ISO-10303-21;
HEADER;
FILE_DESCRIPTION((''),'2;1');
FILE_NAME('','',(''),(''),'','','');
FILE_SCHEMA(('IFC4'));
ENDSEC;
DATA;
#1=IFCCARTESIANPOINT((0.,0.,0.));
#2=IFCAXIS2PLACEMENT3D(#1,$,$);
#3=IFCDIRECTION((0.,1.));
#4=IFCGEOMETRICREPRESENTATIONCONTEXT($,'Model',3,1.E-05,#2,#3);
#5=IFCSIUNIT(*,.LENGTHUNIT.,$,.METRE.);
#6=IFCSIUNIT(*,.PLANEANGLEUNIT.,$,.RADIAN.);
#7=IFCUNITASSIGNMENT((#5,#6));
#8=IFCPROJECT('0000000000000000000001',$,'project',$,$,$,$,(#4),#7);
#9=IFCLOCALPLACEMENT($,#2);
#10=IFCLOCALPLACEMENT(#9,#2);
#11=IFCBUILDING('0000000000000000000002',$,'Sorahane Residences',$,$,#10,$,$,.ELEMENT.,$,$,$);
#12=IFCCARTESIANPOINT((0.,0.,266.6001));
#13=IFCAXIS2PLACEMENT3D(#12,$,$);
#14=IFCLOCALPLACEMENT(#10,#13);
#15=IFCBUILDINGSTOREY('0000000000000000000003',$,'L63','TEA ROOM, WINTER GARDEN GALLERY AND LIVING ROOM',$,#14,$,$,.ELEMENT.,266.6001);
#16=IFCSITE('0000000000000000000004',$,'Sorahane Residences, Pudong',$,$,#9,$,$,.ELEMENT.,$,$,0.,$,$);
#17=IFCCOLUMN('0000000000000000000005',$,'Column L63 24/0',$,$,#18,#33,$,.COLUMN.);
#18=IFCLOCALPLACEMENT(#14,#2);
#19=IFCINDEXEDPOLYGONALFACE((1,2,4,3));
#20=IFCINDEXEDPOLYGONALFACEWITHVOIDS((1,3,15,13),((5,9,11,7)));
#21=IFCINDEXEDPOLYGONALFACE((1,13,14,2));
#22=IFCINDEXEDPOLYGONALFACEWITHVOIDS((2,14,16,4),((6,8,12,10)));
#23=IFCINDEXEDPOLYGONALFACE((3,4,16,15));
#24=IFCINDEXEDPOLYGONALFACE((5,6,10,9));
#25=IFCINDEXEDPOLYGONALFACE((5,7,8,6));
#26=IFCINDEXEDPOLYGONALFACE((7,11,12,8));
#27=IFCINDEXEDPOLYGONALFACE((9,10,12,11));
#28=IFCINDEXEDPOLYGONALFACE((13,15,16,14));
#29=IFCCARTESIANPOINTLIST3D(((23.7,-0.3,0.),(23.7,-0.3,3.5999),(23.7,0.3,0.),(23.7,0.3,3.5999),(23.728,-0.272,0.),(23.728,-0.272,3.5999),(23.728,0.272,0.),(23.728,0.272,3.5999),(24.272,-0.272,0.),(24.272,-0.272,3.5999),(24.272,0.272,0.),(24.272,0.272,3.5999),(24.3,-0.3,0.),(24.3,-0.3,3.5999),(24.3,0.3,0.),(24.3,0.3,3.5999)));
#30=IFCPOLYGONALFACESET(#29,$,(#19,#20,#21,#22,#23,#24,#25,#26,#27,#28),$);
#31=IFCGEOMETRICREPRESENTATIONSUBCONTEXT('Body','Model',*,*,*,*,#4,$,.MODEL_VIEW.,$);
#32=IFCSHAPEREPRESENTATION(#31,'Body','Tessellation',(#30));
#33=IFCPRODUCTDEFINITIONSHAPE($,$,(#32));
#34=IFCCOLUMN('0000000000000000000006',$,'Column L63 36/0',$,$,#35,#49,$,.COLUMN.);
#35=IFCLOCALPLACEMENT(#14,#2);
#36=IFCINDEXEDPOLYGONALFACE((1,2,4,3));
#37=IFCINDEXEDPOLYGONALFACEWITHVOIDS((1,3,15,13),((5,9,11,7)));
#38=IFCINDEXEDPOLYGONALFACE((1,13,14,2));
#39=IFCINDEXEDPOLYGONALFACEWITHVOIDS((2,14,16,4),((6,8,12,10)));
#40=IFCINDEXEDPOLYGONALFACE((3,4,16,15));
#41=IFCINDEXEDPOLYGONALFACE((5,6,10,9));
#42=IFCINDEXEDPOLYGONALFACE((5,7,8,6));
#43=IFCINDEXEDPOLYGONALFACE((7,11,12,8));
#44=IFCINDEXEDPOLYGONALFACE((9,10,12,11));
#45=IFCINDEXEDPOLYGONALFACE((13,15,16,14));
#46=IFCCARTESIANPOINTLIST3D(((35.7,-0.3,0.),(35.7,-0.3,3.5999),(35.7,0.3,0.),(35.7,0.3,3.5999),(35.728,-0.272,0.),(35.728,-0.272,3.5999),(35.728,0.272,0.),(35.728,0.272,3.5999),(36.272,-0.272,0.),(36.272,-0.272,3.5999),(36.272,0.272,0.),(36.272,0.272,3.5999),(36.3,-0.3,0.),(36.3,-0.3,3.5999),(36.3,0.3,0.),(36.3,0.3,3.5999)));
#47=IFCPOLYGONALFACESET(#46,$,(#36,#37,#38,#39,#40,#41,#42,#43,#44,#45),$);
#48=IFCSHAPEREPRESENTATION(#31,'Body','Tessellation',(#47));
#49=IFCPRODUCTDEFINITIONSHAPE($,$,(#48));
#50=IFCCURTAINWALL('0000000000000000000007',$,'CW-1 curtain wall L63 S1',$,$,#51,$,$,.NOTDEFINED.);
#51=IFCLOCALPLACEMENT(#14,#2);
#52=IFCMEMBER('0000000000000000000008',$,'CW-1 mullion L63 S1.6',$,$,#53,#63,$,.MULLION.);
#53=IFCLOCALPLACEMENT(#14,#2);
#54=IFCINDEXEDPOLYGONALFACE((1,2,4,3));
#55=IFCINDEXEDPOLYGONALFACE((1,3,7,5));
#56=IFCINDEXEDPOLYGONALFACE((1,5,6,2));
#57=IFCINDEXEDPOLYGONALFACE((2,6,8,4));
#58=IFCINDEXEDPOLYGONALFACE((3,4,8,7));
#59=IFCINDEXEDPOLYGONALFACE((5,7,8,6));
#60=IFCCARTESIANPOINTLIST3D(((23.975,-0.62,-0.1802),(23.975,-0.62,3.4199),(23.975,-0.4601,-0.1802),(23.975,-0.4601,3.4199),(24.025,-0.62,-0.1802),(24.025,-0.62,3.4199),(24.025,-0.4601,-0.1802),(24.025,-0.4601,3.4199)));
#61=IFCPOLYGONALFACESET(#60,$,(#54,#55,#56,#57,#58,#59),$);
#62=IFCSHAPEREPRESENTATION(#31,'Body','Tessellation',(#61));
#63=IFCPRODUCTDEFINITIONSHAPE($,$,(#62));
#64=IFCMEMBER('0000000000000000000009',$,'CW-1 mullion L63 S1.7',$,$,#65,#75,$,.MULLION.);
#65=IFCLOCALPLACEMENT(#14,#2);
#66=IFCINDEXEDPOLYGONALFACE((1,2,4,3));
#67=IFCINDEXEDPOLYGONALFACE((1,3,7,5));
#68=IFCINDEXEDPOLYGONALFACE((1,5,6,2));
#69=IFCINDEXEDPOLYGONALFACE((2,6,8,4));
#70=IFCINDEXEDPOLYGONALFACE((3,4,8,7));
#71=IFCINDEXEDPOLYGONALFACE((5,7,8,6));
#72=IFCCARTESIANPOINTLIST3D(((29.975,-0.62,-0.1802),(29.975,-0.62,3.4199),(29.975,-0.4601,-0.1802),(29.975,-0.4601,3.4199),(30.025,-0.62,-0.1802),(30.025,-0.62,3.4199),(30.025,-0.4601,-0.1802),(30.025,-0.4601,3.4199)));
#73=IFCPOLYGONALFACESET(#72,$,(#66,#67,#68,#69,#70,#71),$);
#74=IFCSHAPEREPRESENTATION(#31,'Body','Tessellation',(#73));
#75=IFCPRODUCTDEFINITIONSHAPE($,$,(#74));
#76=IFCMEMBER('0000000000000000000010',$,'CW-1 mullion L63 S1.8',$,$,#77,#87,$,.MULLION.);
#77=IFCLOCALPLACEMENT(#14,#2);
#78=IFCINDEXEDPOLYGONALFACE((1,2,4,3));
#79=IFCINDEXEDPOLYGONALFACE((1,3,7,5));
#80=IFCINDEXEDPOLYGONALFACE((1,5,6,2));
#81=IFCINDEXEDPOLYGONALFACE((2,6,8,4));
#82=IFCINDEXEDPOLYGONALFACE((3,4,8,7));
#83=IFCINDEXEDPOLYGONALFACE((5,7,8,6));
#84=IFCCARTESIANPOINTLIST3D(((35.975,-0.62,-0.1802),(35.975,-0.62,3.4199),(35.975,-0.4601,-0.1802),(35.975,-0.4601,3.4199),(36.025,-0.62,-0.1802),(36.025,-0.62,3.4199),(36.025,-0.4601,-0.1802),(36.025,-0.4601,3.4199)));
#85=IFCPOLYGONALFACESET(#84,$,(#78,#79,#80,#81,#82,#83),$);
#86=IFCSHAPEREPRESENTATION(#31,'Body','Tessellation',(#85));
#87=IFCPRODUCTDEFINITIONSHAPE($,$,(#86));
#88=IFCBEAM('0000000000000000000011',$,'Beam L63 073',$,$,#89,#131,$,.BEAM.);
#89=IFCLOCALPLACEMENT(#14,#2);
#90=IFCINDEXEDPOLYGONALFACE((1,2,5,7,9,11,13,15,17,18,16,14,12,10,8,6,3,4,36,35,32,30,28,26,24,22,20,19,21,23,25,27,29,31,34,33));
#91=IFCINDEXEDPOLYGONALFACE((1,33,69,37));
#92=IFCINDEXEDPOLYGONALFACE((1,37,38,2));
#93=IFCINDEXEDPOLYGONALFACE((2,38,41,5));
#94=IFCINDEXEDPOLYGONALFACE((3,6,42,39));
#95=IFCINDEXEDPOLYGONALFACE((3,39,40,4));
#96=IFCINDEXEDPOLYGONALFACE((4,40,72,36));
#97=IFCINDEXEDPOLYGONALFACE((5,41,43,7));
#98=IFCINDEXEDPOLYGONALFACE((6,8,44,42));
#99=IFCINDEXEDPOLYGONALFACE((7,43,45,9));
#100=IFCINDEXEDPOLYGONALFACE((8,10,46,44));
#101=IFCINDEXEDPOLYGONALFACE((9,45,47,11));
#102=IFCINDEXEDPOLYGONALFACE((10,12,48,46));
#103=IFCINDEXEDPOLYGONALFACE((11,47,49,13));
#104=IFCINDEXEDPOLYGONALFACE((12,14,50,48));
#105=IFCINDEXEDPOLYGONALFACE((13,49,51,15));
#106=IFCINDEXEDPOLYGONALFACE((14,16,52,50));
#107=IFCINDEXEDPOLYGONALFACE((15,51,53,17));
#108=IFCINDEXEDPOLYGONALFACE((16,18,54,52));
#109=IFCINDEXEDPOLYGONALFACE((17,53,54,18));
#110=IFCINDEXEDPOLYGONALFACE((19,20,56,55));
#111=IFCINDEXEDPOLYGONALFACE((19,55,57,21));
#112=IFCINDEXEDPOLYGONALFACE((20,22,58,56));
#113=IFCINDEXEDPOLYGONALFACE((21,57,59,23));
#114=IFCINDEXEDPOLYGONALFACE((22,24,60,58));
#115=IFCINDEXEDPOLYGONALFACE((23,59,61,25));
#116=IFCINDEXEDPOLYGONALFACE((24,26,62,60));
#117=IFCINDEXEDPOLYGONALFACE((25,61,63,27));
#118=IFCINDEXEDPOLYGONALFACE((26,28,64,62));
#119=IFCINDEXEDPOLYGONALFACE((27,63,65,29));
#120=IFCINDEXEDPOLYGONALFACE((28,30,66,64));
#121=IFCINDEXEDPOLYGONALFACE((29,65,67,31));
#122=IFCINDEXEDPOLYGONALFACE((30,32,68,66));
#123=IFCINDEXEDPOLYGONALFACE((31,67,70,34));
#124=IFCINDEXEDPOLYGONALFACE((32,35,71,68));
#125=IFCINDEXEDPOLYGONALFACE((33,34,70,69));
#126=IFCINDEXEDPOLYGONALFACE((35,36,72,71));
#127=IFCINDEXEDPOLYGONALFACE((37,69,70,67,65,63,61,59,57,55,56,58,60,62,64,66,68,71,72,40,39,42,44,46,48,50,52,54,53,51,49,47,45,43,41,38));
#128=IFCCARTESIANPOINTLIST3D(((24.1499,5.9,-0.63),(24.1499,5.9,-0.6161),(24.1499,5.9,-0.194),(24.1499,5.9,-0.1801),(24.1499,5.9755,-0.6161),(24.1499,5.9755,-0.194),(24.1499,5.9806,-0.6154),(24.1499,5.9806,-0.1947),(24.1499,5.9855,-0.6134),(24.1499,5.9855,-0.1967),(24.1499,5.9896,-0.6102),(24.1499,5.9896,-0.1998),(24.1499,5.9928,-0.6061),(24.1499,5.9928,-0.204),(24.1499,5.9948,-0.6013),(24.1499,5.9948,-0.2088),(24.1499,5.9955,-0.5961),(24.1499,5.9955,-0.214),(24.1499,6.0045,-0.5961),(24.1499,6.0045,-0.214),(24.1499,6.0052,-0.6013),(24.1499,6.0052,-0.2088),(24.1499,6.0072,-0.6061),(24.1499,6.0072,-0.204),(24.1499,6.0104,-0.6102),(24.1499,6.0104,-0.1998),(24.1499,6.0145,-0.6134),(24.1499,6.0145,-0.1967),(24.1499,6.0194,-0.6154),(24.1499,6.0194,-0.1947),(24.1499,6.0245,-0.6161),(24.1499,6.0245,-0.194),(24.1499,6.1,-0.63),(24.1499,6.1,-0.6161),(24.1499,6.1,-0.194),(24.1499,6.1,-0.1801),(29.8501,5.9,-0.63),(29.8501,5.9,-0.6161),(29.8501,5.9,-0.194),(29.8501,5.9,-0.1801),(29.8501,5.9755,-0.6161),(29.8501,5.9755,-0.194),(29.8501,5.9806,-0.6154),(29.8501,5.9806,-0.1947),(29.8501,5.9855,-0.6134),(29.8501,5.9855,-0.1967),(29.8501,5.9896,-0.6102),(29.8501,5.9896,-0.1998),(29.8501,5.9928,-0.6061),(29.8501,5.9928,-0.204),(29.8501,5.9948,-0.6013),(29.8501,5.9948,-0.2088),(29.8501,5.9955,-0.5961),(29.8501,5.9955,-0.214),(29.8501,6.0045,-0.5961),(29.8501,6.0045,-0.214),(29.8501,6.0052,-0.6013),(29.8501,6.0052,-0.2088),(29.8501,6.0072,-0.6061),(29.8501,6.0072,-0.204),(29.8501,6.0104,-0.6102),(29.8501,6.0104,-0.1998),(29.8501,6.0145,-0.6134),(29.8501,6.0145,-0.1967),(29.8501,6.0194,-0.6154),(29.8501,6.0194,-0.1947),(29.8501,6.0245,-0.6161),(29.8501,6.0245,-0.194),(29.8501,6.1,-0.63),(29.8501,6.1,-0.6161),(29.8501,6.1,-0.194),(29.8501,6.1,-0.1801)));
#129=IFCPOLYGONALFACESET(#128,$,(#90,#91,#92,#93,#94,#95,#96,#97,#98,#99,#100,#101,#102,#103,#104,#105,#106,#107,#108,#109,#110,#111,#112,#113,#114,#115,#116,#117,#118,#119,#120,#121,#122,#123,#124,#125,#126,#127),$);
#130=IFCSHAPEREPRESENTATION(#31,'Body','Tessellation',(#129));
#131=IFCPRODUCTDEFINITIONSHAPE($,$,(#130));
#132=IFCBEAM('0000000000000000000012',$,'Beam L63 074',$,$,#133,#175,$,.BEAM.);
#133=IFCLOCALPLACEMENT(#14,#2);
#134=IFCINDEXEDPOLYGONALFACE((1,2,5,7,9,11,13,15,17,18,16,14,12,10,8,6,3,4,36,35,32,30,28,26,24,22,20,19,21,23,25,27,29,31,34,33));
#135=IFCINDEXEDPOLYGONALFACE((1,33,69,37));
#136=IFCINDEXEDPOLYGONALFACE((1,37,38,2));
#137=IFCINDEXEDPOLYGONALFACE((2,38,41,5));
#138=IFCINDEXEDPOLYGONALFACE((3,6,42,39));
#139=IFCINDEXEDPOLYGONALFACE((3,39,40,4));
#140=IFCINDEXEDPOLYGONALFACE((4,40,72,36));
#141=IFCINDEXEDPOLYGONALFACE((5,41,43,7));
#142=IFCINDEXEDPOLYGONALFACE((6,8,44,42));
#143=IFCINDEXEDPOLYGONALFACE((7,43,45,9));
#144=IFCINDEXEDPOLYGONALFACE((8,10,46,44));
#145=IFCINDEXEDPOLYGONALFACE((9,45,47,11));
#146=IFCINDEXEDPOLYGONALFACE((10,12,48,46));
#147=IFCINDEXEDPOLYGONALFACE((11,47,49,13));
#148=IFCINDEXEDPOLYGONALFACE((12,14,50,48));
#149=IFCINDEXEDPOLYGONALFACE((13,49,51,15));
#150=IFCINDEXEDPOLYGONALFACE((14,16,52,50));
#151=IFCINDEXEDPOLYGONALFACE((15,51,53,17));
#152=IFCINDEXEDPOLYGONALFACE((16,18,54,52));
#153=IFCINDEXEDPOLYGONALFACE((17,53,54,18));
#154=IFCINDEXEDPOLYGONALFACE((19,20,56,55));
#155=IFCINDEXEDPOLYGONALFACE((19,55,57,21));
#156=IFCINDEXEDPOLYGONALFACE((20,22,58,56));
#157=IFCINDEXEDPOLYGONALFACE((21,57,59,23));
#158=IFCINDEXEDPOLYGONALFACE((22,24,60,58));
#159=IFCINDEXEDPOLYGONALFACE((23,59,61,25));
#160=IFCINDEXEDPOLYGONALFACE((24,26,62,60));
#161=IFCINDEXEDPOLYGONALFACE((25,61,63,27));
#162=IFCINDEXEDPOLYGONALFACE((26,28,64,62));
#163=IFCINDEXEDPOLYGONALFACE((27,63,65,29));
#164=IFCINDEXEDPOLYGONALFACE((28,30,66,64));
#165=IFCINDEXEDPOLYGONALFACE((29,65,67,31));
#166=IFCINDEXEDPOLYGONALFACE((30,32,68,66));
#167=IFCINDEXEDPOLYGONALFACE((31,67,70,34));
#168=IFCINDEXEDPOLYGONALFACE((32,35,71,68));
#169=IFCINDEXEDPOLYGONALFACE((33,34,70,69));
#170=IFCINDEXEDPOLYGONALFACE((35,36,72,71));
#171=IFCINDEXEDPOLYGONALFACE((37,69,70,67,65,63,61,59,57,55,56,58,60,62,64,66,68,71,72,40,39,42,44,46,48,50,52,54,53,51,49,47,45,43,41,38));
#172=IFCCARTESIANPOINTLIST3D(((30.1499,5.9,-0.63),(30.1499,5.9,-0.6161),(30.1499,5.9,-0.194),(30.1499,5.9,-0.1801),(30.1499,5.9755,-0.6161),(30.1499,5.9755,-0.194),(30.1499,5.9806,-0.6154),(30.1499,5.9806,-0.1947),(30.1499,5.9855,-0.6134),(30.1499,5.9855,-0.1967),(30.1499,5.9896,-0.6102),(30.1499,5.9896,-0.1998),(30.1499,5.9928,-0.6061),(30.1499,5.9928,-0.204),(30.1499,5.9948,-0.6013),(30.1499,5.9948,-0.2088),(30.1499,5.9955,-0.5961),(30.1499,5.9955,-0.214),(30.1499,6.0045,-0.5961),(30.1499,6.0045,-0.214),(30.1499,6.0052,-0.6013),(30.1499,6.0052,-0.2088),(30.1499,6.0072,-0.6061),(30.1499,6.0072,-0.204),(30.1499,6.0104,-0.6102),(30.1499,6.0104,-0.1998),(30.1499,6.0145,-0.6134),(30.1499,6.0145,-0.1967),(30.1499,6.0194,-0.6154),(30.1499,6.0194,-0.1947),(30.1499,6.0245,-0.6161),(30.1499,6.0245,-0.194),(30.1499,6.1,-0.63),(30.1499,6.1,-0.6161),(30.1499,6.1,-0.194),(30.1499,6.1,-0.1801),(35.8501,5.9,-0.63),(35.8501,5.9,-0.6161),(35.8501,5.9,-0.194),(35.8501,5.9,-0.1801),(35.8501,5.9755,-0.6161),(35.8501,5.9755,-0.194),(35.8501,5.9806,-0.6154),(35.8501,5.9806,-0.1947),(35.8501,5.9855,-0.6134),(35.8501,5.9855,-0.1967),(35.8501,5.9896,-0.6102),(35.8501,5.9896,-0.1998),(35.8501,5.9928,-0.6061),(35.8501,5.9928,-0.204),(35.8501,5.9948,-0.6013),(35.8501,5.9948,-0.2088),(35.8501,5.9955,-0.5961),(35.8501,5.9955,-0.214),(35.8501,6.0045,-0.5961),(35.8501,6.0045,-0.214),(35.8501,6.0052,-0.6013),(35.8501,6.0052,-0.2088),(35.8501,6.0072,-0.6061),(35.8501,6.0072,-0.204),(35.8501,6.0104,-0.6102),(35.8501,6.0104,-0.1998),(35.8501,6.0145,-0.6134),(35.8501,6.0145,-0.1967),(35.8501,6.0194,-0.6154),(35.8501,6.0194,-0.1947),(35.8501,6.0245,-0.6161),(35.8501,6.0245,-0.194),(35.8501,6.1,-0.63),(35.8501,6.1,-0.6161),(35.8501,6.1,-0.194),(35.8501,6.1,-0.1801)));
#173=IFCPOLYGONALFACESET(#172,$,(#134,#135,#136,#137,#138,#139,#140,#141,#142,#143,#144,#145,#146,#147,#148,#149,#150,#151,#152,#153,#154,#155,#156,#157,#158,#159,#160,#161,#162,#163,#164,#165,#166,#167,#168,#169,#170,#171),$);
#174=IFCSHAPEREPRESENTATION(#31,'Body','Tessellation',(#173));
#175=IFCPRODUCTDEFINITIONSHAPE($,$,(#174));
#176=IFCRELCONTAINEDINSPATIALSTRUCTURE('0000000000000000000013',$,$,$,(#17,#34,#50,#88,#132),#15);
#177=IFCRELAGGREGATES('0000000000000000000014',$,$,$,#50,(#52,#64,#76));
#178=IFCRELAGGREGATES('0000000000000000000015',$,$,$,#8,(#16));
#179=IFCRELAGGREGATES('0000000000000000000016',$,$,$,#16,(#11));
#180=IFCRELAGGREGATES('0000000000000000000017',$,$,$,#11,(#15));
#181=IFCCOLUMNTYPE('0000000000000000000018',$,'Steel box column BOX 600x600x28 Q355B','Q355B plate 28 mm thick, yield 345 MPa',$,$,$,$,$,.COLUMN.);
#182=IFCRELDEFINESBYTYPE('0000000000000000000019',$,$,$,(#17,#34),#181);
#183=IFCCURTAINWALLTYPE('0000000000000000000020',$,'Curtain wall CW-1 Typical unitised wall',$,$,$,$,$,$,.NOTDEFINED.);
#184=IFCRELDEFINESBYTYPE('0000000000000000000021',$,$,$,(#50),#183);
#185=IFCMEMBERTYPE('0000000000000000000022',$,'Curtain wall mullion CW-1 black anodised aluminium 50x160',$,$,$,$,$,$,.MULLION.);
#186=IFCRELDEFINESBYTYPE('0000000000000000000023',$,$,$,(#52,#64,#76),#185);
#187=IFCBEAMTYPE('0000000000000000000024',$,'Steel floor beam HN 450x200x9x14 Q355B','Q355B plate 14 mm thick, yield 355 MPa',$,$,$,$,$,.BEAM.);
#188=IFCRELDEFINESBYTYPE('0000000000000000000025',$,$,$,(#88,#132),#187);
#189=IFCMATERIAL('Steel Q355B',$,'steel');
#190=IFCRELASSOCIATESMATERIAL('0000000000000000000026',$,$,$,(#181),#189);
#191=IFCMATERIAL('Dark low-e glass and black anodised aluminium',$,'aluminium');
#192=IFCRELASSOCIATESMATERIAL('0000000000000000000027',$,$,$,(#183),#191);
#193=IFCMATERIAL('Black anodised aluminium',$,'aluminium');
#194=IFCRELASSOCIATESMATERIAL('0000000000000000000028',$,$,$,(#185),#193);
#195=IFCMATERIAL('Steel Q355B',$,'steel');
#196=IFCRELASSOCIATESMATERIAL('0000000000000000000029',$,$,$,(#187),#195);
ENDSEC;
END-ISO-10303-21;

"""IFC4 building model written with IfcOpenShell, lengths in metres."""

from ifc_helpers import new_model, si_unit, direction, frame, origin, origin_2d, place, context, subcontext, project, spatial, rectangle, hollow_rectangle, i_section, extrude, material, material_profile, profile_set, type_object, element, aggregate, save


model = new_model("IFC4")

# Units and contexts
model_context = context("Model", 3, precision=1e-05, world=origin(), true_north=direction((0.0, 1.0)))
body_context = subcontext(model_context, "Body", "Model", "MODEL_VIEW")
ifc_project = project(units=[si_unit("LENGTHUNIT", "METRE"), si_unit("PLANEANGLEUNIT", "RADIAN")], contexts=[model_context])

# Site, building, storey
site_placement = place(None, origin())
site = spatial("IfcSite", under=ifc_project, at=site_placement, Name="Sorahane Residences, Pudong", CompositionType="ELEMENT", RefElevation=0.0)
building_placement = place(site_placement, origin())
building = spatial("IfcBuilding", under=site, at=building_placement, Name="Sorahane Residences", CompositionType="ELEMENT")
storey_placement = place(building_placement, frame((0.0, 0.0, 266.6001)))
storey = spatial("IfcBuildingStorey", under=building, at=storey_placement, Name="L63", Description="TEA ROOM, WINTER GARDEN GALLERY AND LIVING ROOM", CompositionType="ELEMENT", Elevation=266.6001)

# Columns
ifc_material_1 = material(Name="Steel Q355B", Category="steel")
ifc_material_profile_1 = material_profile(ifc_material_1, hollow_rectangle(XDim=0.6001, YDim=0.6001, WallThickness=0.0281, at=origin_2d()), Name="BOX 600x600x28")
ifc_profile_set_1 = profile_set([ifc_material_profile_1], Name="Steel Q355B")
column_type = type_object("IfcColumnType", Name="Steel box column BOX 600x600x28 Q355B", Description="Q355B plate 28 mm thick, yield 345 MPa", PredefinedType="COLUMN", material=ifc_profile_set_1)
for number, where, z_axis, x_axis, name in (
    (1, (24.0, 0.0, 0.0), (0.0, 0.0, 1.0), (1.0, 0.0, 0.0), "Column L63 24/0"),
    (2, (36.0, 0.0, 0.0), (0.0, 0.0, 1.0), (1.0, 0.0, 0.0), "Column L63 36/0"),
):
    element("IfcColumn", number, at=place(storey_placement, frame(where, z_axis=z_axis, x_axis=x_axis)), inside=storey, type_object=column_type, Name=name, PredefinedType="COLUMN", context=body_context, shape_type="SweptSolid", body=[
        extrude(hollow_rectangle(XDim=0.6001, YDim=0.6001, WallThickness=0.0281, at=origin_2d()), origin(), (0.0, 0.0, 1.0), 3.5999),
    ])

# Curtain wall, members
ifc_material_2 = material(Name="Dark low-e glass and black anodised aluminium", Category="aluminium")
curtain_wall_type = type_object("IfcCurtainWallType", Name="Curtain wall CW-1 Typical unitised wall", PredefinedType="NOTDEFINED", material=ifc_material_2)
curtain_wall_placement = place(storey_placement, origin())
curtain_wall = element("IfcCurtainWall", 3, at=curtain_wall_placement, inside=storey, type_object=curtain_wall_type, Name="CW-1 curtain wall L63 S1", PredefinedType="NOTDEFINED")
ifc_material_3 = material(Name="Black anodised aluminium", Category="aluminium")
ifc_material_profile_2 = material_profile(ifc_material_3, rectangle(XDim=0.1599, YDim=0.05, at=origin_2d()), Name="Curtain wall mullion CW-1 black anodised aluminium 50x160")
ifc_profile_set_2 = profile_set([ifc_material_profile_2], Name="Black anodised aluminium")
member_type = type_object("IfcMemberType", Name="Curtain wall mullion CW-1 black anodised aluminium 50x160", PredefinedType="MULLION", material=ifc_profile_set_2)
member_1_placement = place(storey_placement, frame((24.0, -0.54, -0.1802), z_axis=(0.0, 0.0, 1.0), x_axis=(0.0, -1.0, 0.0)))
member_1 = element("IfcMember", 4, at=member_1_placement, type_object=member_type, Name="CW-1 mullion L63 S1.6", PredefinedType="MULLION", context=body_context, shape_type="SweptSolid", body=[
    extrude(rectangle(XDim=0.1599, YDim=0.05, at=origin_2d()), origin(), (0.0, 0.0, 1.0), 3.6001),
])
member_2_placement = place(storey_placement, frame((30.0, -0.54, -0.1802), z_axis=(0.0, 0.0, 1.0), x_axis=(0.0, -1.0, 0.0)))
member_2 = element("IfcMember", 5, at=member_2_placement, type_object=member_type, Name="CW-1 mullion L63 S1.7", PredefinedType="MULLION", context=body_context, shape_type="SweptSolid", body=[
    extrude(rectangle(XDim=0.1599, YDim=0.05, at=origin_2d()), origin(), (0.0, 0.0, 1.0), 3.6001),
])
member_3_placement = place(storey_placement, frame((36.0, -0.54, -0.1802), z_axis=(0.0, 0.0, 1.0), x_axis=(0.0, -1.0, 0.0)))
member_3 = element("IfcMember", 6, at=member_3_placement, type_object=member_type, Name="CW-1 mullion L63 S1.8", PredefinedType="MULLION", context=body_context, shape_type="SweptSolid", body=[
    extrude(rectangle(XDim=0.1599, YDim=0.05, at=origin_2d()), origin(), (0.0, 0.0, 1.0), 3.6001),
])

# Beams
ifc_material_4 = material(Name="Steel Q355B", Category="steel")
ifc_material_profile_3 = material_profile(ifc_material_4, i_section(OverallWidth=0.2, OverallDepth=0.45, WebThickness=0.009, FlangeThickness=0.0139, FilletRadius=0.02, at=origin_2d()), Name="HN 450x200x9x14")
ifc_profile_set_3 = profile_set([ifc_material_profile_3], Name="Steel Q355B")
beam_type_1 = type_object("IfcBeamType", Name="Steel floor beam HN 450x200x9x14 Q355B", Description="Q355B plate 14 mm thick, yield 355 MPa", PredefinedType="BEAM", material=ifc_profile_set_3)
for number, where, z_axis, x_axis, name in (
    (7, (24.1499, 6.0, -0.405), (1.0, 0.0, 0.0), (0.0, 1.0, 0.0), "Beam L63 073"),
    (8, (30.1499, 6.0, -0.405), (1.0, 0.0, 0.0), (0.0, 1.0, 0.0), "Beam L63 074"),
):
    element("IfcBeam", number, at=place(storey_placement, frame(where, z_axis=z_axis, x_axis=x_axis)), inside=storey, type_object=beam_type_1, Name=name, PredefinedType="BEAM", context=body_context, shape_type="SweptSolid", body=[
        extrude(i_section(OverallWidth=0.2, OverallDepth=0.45, WebThickness=0.009, FlangeThickness=0.0139, FilletRadius=0.02, at=origin_2d()), origin(), (0.0, 0.0, 1.0), 5.7002),
    ])

aggregate(curtain_wall, [member_1, member_2, member_3])

save(model, "model.ifc")
